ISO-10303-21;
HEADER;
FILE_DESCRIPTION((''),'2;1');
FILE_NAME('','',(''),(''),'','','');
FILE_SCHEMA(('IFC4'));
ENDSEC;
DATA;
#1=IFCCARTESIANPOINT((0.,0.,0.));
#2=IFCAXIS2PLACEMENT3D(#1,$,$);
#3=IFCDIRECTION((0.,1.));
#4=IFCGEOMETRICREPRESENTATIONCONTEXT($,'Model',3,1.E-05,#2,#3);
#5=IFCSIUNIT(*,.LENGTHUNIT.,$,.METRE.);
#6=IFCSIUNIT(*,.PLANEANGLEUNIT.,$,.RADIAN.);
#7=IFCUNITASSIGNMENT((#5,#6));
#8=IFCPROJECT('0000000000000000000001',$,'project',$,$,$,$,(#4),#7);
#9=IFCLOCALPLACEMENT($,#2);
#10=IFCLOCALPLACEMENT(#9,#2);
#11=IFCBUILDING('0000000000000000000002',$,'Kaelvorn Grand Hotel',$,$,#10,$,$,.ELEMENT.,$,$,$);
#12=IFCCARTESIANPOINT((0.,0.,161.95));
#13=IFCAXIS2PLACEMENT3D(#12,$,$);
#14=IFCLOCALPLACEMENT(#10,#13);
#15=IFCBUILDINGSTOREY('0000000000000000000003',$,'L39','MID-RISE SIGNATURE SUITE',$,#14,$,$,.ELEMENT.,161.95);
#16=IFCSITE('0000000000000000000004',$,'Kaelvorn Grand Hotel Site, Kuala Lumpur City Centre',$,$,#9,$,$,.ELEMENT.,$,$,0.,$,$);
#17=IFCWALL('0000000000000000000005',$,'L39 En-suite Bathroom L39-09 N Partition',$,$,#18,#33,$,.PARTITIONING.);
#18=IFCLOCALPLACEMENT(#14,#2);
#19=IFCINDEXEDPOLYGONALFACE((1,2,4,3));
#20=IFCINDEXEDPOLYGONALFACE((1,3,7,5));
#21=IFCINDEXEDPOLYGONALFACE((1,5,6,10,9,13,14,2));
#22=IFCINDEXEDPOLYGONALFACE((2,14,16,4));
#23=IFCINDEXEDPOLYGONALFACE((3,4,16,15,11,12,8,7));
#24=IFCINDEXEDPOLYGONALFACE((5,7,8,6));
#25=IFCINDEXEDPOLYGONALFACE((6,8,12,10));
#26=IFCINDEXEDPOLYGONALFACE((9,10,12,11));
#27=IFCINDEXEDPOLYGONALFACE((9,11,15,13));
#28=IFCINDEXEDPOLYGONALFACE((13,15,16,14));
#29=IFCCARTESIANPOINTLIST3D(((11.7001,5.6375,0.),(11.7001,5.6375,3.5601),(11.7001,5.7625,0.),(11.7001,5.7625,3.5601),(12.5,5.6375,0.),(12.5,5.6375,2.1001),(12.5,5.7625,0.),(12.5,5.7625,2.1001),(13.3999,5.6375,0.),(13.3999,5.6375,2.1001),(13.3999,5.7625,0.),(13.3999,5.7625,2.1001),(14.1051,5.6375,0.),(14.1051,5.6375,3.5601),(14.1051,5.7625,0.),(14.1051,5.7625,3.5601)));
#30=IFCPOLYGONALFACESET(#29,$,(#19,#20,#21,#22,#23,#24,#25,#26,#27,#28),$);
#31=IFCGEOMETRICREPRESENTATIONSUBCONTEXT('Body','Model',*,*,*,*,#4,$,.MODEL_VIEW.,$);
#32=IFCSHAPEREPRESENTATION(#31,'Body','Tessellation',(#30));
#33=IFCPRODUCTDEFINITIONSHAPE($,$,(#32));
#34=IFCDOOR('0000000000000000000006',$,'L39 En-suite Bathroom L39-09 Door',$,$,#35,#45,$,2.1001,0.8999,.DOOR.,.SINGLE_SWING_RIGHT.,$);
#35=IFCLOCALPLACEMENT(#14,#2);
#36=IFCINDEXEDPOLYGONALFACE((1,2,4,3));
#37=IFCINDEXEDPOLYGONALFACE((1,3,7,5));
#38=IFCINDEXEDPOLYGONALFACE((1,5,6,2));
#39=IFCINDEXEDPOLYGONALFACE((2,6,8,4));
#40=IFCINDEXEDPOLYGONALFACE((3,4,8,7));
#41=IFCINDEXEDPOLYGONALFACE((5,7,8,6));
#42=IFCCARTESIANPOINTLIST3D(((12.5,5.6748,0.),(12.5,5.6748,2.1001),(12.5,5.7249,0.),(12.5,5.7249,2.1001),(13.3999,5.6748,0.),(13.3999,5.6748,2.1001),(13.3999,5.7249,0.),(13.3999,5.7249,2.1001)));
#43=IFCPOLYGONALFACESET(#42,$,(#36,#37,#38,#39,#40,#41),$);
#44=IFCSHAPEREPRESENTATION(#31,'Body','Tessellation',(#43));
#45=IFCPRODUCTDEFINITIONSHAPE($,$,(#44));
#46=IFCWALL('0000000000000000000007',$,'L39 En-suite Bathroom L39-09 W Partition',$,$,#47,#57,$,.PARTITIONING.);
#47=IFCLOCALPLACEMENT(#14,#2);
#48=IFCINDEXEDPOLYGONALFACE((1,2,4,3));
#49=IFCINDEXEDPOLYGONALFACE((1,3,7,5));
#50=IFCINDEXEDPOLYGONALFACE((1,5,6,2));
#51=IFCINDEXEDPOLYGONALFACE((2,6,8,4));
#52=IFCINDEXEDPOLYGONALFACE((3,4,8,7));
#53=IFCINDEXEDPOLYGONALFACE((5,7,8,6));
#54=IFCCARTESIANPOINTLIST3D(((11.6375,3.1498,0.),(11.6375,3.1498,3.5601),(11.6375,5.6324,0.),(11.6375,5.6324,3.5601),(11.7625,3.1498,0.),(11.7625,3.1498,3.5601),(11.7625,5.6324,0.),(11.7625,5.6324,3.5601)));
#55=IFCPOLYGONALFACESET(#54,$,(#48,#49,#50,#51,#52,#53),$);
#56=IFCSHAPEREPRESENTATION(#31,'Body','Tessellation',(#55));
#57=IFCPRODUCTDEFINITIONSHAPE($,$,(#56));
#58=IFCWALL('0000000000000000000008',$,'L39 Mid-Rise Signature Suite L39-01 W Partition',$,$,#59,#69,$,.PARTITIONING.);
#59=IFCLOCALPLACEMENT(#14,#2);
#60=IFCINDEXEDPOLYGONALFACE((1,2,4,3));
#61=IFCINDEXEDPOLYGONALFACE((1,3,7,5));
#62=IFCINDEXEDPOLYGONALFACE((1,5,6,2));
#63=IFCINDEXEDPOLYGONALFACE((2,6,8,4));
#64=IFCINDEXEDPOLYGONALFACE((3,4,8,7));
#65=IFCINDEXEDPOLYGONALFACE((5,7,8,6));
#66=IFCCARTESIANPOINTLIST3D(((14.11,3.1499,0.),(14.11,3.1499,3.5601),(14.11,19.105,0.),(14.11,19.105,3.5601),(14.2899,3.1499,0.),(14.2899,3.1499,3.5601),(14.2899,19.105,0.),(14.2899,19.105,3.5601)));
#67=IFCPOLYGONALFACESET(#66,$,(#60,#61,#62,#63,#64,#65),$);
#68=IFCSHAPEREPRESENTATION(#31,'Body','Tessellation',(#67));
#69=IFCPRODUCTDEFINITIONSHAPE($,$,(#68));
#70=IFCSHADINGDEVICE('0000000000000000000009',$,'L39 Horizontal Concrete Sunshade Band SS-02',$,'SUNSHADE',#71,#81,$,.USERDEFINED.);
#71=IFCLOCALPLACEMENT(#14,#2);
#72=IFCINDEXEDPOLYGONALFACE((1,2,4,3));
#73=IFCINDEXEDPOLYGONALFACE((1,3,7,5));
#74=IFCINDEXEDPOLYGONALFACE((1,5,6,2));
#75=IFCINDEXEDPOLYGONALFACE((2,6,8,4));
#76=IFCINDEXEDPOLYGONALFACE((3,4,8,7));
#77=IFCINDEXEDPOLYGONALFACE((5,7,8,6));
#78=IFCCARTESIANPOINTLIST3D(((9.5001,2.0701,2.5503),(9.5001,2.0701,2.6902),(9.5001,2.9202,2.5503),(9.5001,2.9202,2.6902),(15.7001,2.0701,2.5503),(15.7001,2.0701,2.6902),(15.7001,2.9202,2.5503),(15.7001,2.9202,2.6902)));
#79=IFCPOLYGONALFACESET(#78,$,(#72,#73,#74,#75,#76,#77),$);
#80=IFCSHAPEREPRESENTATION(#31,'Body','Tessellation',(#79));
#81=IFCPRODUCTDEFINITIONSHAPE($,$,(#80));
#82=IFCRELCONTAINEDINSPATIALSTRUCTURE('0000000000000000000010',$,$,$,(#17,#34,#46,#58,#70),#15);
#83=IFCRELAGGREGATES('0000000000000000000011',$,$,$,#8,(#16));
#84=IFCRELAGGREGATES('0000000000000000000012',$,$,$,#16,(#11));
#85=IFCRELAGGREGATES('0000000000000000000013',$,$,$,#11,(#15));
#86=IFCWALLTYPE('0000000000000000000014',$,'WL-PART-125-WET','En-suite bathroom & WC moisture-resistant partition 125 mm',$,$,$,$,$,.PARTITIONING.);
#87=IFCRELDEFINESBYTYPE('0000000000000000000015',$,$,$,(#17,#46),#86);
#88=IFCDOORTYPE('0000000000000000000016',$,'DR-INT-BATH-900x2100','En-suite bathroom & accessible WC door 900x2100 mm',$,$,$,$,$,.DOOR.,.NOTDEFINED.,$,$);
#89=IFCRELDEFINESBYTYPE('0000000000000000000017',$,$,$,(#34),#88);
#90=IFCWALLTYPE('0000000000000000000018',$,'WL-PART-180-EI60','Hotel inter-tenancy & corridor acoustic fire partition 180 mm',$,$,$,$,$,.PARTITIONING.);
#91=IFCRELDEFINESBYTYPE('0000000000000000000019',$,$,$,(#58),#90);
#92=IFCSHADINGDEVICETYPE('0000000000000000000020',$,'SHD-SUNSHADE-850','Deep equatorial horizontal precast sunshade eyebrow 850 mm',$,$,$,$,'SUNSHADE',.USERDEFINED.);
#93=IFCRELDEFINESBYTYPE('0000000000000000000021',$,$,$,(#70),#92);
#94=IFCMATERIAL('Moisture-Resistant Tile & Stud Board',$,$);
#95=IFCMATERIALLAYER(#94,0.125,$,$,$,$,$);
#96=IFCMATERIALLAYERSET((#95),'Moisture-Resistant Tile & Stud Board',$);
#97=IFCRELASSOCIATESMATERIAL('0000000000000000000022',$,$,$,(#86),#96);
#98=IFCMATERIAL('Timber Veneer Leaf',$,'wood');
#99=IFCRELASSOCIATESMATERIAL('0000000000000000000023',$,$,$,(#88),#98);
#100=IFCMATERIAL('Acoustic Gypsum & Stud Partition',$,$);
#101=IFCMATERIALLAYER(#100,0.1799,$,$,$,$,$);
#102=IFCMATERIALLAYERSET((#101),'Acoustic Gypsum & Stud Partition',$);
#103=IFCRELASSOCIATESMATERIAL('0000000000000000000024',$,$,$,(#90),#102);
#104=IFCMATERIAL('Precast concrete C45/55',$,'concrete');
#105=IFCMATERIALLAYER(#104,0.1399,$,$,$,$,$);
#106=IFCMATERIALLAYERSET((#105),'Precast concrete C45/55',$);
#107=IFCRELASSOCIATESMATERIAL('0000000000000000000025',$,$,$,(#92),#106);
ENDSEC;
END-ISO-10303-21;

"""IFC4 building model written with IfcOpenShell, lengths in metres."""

from ifc_helpers import new_model, si_unit, direction, frame, frame_2d, origin, origin_2d, place, context, subcontext, project, spatial, rectangle, extrude, material, layer, layer_set, type_object, element, fill, save


model = new_model("IFC4")

# Units and contexts
model_context = context("Model", 3, precision=1e-05, world=origin(), true_north=direction((0.0, 1.0)))
body_context = subcontext(model_context, "Body", "Model", "MODEL_VIEW")
ifc_project = project(units=[si_unit("LENGTHUNIT", "METRE"), si_unit("PLANEANGLEUNIT", "RADIAN")], contexts=[model_context])

# Site, building, storey
site_placement = place(None, origin())
site = spatial("IfcSite", under=ifc_project, at=site_placement, Name="Kaelvorn Grand Hotel Site, Kuala Lumpur City Centre", CompositionType="ELEMENT", RefElevation=0.0)
building_placement = place(site_placement, origin())
building = spatial("IfcBuilding", under=site, at=building_placement, Name="Kaelvorn Grand Hotel", CompositionType="ELEMENT")
storey_placement = place(building_placement, frame((0.0, 0.0, 161.95)))
storey = spatial("IfcBuildingStorey", under=building, at=storey_placement, Name="L39", Description="MID-RISE SIGNATURE SUITE", CompositionType="ELEMENT", Elevation=161.95)

# Wall, opening, door
ifc_material_1 = material(Name="Moisture-Resistant Tile & Stud Board")
ifc_layer_1 = layer(ifc_material_1, 0.125)
ifc_layer_set_1 = layer_set([ifc_layer_1], Name="Moisture-Resistant Tile & Stud Board")
wall_type_1 = type_object("IfcWallType", Name="WL-PART-125-WET", Description="En-suite bathroom & WC moisture-resistant partition 125 mm", PredefinedType="PARTITIONING", material=ifc_layer_set_1)
wall_1_placement = place(storey_placement, frame((11.7, 5.7, 0.0), z_axis=(0.0, 0.0, 1.0), x_axis=(1.0, 0.0, 0.0)))
wall_1 = element("IfcWall", 1, at=wall_1_placement, inside=storey, type_object=wall_type_1, Name="L39 En-suite Bathroom L39-09 N Partition", PredefinedType="PARTITIONING", context=body_context, shape_type="SweptSolid", body=[
    extrude(rectangle(XDim=2.405, YDim=0.125, at=frame_2d((1.2026, 0.0))), origin(), (0.0, 0.0, 1.0), 3.5601),
])
opening_1_placement = place(wall_1_placement, frame((0.8, 0.0, 0.0)))
opening_1 = element("IfcOpeningElement", 2, at=opening_1_placement, cuts=wall_1, PredefinedType="OPENING", context=body_context, shape_type="SweptSolid", body=[
    extrude(rectangle(XDim=0.8999, YDim=2.1001, at=frame_2d((0.45, 1.05))), frame((0.0, 0.0725, 0.0), z_axis=(0.0, -1.0, 0.0), x_axis=(1.0, 0.0, 0.0)), (0.0, 0.0, 1.0), 0.145),
])
ifc_material_2 = material(Name="Timber Veneer Leaf", Category="wood")
door_type_1 = type_object("IfcDoorType", Name="DR-INT-BATH-900x2100", Description="En-suite bathroom & accessible WC door 900x2100 mm", OperationType="NOTDEFINED", PredefinedType="DOOR", material=ifc_material_2)
door_1_placement = place(opening_1_placement, origin())
door_1 = element("IfcDoor", 3, at=door_1_placement, inside=storey, type_object=door_type_1, Name="L39 En-suite Bathroom L39-09 Door", OperationType="SINGLE_SWING_RIGHT", OverallHeight=2.1001, OverallWidth=0.8999, PredefinedType="DOOR", context=body_context, shape_type="SweptSolid", body=[
    extrude(rectangle(XDim=0.8999, YDim=2.1001, at=frame_2d((0.45, 1.05))), frame((0.0, 0.0249, 0.0), z_axis=(0.0, -1.0, 0.0), x_axis=(1.0, 0.0, 0.0)), (0.0, 0.0, 1.0), 0.05),
])
fill(opening_1, door_1)

# Walls
wall_2_placement = place(storey_placement, frame((11.7, 3.1499, 0.0), z_axis=(0.0, 0.0, 1.0), x_axis=(0.0, 1.0, 0.0)))
element("IfcWall", 4, at=wall_2_placement, inside=storey, type_object=wall_type_1, Name="L39 En-suite Bathroom L39-09 W Partition", PredefinedType="PARTITIONING", context=body_context, shape_type="SweptSolid", body=[
    extrude(rectangle(XDim=2.4827, YDim=0.125, at=frame_2d((1.2412, 0.0))), origin(), (0.0, 0.0, 1.0), 3.5601),
])
ifc_material_3 = material(Name="Acoustic Gypsum & Stud Partition")
ifc_layer_2 = layer(ifc_material_3, 0.1799)
ifc_layer_set_2 = layer_set([ifc_layer_2], Name="Acoustic Gypsum & Stud Partition")
wall_type_2 = type_object("IfcWallType", Name="WL-PART-180-EI60", Description="Hotel inter-tenancy & corridor acoustic fire partition 180 mm", PredefinedType="PARTITIONING", material=ifc_layer_set_2)
wall_3_placement = place(storey_placement, frame((14.2, 3.1499, 0.0), z_axis=(0.0, 0.0, 1.0), x_axis=(0.0, 1.0, 0.0)))
element("IfcWall", 5, at=wall_3_placement, inside=storey, type_object=wall_type_2, Name="L39 Mid-Rise Signature Suite L39-01 W Partition", PredefinedType="PARTITIONING", context=body_context, shape_type="SweptSolid", body=[
    extrude(rectangle(XDim=15.9551, YDim=0.1799, at=frame_2d((7.9775, 0.0))), origin(), (0.0, 0.0, 1.0), 3.5601),
])

# Shading device
ifc_material_4 = material(Name="Precast concrete C45/55", Category="concrete")
ifc_layer_3 = layer(ifc_material_4, 0.1399)
ifc_layer_set_3 = layer_set([ifc_layer_3], Name="Precast concrete C45/55")
shading_device_type = type_object("IfcShadingDeviceType", Name="SHD-SUNSHADE-850", Description="Deep equatorial horizontal precast sunshade eyebrow 850 mm", ElementType="SUNSHADE", PredefinedType="USERDEFINED", material=ifc_layer_set_3)
shading_device_placement = place(storey_placement, frame((12.6001, 2.4951, 2.5503), z_axis=(0.0, 0.0, 1.0), x_axis=(1.0, 0.0, 0.0)))
element("IfcShadingDevice", 6, at=shading_device_placement, inside=storey, type_object=shading_device_type, Name="L39 Horizontal Concrete Sunshade Band SS-02", ObjectType="SUNSHADE", PredefinedType="USERDEFINED", context=body_context, shape_type="SweptSolid", body=[
    extrude(rectangle(XDim=6.2, YDim=0.8501, at=origin_2d()), origin(), (0.0, 0.0, 1.0), 0.1399),
])

save(model, "model.ifc")
